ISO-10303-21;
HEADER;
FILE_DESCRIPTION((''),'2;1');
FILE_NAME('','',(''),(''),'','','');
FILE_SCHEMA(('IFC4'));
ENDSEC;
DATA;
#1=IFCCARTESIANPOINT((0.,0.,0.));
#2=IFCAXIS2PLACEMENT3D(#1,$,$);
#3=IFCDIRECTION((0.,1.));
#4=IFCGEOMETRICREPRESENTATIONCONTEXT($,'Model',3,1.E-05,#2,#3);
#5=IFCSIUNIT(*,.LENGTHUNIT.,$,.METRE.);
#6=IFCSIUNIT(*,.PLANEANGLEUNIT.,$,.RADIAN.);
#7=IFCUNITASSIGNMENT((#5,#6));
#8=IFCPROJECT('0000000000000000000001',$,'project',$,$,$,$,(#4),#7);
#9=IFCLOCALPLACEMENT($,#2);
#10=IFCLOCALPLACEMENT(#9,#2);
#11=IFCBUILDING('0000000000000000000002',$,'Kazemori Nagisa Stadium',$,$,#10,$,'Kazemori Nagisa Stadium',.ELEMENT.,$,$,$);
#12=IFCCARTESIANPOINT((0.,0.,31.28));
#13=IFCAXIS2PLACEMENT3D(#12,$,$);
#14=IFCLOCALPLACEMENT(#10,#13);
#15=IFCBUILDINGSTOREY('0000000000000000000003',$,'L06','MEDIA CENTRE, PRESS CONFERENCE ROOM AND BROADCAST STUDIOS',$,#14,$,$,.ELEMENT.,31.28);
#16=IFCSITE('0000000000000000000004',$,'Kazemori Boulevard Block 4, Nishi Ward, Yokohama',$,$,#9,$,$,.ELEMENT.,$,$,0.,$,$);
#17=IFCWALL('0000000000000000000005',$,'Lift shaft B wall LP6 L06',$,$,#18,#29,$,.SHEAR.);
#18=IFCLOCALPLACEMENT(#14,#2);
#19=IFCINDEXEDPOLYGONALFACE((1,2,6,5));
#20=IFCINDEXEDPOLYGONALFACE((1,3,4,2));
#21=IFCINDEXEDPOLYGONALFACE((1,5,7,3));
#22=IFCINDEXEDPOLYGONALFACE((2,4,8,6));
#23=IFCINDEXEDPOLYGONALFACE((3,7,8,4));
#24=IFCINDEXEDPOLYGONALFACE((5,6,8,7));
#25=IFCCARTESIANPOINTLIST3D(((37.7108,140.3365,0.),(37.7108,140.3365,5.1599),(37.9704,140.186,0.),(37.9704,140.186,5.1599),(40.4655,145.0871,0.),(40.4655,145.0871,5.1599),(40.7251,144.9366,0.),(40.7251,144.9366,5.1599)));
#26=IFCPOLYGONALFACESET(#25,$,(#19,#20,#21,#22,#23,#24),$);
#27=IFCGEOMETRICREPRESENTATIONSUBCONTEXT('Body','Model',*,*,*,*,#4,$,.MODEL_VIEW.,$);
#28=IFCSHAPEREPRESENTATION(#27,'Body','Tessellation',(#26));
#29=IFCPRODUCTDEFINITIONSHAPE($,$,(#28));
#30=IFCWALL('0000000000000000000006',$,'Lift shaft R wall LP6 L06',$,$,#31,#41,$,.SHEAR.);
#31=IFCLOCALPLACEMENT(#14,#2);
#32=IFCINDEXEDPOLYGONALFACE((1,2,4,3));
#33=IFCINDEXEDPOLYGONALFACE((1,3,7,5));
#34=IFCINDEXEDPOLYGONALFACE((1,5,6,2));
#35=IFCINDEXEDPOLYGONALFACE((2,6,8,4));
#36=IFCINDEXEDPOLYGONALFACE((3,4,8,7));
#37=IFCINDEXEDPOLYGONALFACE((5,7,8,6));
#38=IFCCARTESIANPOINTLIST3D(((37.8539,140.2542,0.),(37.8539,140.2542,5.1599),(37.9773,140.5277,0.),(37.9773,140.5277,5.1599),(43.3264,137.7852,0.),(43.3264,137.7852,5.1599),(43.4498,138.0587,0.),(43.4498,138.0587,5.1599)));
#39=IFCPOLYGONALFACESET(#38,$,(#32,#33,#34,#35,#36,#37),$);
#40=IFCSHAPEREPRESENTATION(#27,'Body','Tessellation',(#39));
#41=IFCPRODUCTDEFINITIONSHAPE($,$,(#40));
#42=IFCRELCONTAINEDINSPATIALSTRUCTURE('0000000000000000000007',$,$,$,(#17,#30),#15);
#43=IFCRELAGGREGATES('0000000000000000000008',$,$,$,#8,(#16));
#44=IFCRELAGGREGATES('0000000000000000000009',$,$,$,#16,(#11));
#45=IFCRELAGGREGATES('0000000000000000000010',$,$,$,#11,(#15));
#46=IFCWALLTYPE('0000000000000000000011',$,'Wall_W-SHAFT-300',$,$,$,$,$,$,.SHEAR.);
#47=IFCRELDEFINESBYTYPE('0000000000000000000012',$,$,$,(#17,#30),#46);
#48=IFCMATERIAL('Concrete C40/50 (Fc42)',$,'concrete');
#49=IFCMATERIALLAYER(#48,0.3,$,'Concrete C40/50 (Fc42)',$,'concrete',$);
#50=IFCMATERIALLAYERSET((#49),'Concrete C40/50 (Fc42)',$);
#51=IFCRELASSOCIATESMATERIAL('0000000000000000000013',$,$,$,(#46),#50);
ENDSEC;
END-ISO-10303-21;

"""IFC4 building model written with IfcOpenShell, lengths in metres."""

from ifc_helpers import new_model, si_unit, direction, frame, frame_2d, origin, place, context, subcontext, project, spatial, rectangle, extrude, material, layer, layer_set, type_object, element, save


model = new_model("IFC4")

# Units and contexts
model_context = context("Model", 3, precision=1e-05, world=origin(), true_north=direction((0.0, 1.0)))
body_context = subcontext(model_context, "Body", "Model", "MODEL_VIEW")
ifc_project = project(units=[si_unit("LENGTHUNIT", "METRE"), si_unit("PLANEANGLEUNIT", "RADIAN")], contexts=[model_context])

# Site, building, storey
site_placement = place(None, origin())
site = spatial("IfcSite", under=ifc_project, at=site_placement, Name="Kazemori Boulevard Block 4, Nishi Ward, Yokohama", CompositionType="ELEMENT", RefElevation=0.0)
building_placement = place(site_placement, origin())
building = spatial("IfcBuilding", under=site, at=building_placement, Name="Kazemori Nagisa Stadium", LongName="Kazemori Nagisa Stadium", CompositionType="ELEMENT")
storey_placement = place(building_placement, frame((0.0, 0.0, 31.28)))
storey = spatial("IfcBuildingStorey", under=building, at=storey_placement, Name="L06", Description="MEDIA CENTRE, PRESS CONFERENCE ROOM AND BROADCAST STUDIOS", CompositionType="ELEMENT", Elevation=31.28)

# Walls
ifc_material_1 = material(Name="Concrete C40/50 (Fc42)", Category="concrete")
ifc_layer_1 = layer(ifc_material_1, 0.3, Name="Concrete C40/50 (Fc42)", Category="concrete")
ifc_layer_set_1 = layer_set([ifc_layer_1], Name="Concrete C40/50 (Fc42)")
wall_type_1 = type_object("IfcWallType", Name="Wall_W-SHAFT-300", PredefinedType="SHEAR", material=ifc_layer_set_1)
wall_1_placement = place(storey_placement, frame((40.5952, 145.0117, 0.0), z_axis=(0.0, 0.0, 1.0), x_axis=(-0.50163, -0.865082, 0.0)))
element("IfcWall", 1, at=wall_1_placement, inside=storey, type_object=wall_type_1, Name="Lift shaft B wall LP6 L06", PredefinedType="SHEAR", context=body_context, shape_type="SweptSolid", body=[
    extrude(rectangle(XDim=5.4915, YDim=0.3, at=frame_2d((2.7456, 0.0))), origin(), (0.0, 0.0, 1.0), 5.1599),
])
wall_2_placement = place(storey_placement, frame((43.3882, 137.9219, 0.0), z_axis=(0.0, 0.0, 1.0), x_axis=(-0.911522, 0.411252, 0.0)))
element("IfcWall", 2, at=wall_2_placement, inside=storey, type_object=wall_type_1, Name="Lift shaft R wall LP6 L06", PredefinedType="SHEAR", context=body_context, shape_type="SweptSolid", body=[
    extrude(rectangle(XDim=6.0037, YDim=0.3, at=frame_2d((3.002, 0.0))), origin(), (0.0, 0.0, 1.0), 5.1599),
])

save(model, "model.ifc")
